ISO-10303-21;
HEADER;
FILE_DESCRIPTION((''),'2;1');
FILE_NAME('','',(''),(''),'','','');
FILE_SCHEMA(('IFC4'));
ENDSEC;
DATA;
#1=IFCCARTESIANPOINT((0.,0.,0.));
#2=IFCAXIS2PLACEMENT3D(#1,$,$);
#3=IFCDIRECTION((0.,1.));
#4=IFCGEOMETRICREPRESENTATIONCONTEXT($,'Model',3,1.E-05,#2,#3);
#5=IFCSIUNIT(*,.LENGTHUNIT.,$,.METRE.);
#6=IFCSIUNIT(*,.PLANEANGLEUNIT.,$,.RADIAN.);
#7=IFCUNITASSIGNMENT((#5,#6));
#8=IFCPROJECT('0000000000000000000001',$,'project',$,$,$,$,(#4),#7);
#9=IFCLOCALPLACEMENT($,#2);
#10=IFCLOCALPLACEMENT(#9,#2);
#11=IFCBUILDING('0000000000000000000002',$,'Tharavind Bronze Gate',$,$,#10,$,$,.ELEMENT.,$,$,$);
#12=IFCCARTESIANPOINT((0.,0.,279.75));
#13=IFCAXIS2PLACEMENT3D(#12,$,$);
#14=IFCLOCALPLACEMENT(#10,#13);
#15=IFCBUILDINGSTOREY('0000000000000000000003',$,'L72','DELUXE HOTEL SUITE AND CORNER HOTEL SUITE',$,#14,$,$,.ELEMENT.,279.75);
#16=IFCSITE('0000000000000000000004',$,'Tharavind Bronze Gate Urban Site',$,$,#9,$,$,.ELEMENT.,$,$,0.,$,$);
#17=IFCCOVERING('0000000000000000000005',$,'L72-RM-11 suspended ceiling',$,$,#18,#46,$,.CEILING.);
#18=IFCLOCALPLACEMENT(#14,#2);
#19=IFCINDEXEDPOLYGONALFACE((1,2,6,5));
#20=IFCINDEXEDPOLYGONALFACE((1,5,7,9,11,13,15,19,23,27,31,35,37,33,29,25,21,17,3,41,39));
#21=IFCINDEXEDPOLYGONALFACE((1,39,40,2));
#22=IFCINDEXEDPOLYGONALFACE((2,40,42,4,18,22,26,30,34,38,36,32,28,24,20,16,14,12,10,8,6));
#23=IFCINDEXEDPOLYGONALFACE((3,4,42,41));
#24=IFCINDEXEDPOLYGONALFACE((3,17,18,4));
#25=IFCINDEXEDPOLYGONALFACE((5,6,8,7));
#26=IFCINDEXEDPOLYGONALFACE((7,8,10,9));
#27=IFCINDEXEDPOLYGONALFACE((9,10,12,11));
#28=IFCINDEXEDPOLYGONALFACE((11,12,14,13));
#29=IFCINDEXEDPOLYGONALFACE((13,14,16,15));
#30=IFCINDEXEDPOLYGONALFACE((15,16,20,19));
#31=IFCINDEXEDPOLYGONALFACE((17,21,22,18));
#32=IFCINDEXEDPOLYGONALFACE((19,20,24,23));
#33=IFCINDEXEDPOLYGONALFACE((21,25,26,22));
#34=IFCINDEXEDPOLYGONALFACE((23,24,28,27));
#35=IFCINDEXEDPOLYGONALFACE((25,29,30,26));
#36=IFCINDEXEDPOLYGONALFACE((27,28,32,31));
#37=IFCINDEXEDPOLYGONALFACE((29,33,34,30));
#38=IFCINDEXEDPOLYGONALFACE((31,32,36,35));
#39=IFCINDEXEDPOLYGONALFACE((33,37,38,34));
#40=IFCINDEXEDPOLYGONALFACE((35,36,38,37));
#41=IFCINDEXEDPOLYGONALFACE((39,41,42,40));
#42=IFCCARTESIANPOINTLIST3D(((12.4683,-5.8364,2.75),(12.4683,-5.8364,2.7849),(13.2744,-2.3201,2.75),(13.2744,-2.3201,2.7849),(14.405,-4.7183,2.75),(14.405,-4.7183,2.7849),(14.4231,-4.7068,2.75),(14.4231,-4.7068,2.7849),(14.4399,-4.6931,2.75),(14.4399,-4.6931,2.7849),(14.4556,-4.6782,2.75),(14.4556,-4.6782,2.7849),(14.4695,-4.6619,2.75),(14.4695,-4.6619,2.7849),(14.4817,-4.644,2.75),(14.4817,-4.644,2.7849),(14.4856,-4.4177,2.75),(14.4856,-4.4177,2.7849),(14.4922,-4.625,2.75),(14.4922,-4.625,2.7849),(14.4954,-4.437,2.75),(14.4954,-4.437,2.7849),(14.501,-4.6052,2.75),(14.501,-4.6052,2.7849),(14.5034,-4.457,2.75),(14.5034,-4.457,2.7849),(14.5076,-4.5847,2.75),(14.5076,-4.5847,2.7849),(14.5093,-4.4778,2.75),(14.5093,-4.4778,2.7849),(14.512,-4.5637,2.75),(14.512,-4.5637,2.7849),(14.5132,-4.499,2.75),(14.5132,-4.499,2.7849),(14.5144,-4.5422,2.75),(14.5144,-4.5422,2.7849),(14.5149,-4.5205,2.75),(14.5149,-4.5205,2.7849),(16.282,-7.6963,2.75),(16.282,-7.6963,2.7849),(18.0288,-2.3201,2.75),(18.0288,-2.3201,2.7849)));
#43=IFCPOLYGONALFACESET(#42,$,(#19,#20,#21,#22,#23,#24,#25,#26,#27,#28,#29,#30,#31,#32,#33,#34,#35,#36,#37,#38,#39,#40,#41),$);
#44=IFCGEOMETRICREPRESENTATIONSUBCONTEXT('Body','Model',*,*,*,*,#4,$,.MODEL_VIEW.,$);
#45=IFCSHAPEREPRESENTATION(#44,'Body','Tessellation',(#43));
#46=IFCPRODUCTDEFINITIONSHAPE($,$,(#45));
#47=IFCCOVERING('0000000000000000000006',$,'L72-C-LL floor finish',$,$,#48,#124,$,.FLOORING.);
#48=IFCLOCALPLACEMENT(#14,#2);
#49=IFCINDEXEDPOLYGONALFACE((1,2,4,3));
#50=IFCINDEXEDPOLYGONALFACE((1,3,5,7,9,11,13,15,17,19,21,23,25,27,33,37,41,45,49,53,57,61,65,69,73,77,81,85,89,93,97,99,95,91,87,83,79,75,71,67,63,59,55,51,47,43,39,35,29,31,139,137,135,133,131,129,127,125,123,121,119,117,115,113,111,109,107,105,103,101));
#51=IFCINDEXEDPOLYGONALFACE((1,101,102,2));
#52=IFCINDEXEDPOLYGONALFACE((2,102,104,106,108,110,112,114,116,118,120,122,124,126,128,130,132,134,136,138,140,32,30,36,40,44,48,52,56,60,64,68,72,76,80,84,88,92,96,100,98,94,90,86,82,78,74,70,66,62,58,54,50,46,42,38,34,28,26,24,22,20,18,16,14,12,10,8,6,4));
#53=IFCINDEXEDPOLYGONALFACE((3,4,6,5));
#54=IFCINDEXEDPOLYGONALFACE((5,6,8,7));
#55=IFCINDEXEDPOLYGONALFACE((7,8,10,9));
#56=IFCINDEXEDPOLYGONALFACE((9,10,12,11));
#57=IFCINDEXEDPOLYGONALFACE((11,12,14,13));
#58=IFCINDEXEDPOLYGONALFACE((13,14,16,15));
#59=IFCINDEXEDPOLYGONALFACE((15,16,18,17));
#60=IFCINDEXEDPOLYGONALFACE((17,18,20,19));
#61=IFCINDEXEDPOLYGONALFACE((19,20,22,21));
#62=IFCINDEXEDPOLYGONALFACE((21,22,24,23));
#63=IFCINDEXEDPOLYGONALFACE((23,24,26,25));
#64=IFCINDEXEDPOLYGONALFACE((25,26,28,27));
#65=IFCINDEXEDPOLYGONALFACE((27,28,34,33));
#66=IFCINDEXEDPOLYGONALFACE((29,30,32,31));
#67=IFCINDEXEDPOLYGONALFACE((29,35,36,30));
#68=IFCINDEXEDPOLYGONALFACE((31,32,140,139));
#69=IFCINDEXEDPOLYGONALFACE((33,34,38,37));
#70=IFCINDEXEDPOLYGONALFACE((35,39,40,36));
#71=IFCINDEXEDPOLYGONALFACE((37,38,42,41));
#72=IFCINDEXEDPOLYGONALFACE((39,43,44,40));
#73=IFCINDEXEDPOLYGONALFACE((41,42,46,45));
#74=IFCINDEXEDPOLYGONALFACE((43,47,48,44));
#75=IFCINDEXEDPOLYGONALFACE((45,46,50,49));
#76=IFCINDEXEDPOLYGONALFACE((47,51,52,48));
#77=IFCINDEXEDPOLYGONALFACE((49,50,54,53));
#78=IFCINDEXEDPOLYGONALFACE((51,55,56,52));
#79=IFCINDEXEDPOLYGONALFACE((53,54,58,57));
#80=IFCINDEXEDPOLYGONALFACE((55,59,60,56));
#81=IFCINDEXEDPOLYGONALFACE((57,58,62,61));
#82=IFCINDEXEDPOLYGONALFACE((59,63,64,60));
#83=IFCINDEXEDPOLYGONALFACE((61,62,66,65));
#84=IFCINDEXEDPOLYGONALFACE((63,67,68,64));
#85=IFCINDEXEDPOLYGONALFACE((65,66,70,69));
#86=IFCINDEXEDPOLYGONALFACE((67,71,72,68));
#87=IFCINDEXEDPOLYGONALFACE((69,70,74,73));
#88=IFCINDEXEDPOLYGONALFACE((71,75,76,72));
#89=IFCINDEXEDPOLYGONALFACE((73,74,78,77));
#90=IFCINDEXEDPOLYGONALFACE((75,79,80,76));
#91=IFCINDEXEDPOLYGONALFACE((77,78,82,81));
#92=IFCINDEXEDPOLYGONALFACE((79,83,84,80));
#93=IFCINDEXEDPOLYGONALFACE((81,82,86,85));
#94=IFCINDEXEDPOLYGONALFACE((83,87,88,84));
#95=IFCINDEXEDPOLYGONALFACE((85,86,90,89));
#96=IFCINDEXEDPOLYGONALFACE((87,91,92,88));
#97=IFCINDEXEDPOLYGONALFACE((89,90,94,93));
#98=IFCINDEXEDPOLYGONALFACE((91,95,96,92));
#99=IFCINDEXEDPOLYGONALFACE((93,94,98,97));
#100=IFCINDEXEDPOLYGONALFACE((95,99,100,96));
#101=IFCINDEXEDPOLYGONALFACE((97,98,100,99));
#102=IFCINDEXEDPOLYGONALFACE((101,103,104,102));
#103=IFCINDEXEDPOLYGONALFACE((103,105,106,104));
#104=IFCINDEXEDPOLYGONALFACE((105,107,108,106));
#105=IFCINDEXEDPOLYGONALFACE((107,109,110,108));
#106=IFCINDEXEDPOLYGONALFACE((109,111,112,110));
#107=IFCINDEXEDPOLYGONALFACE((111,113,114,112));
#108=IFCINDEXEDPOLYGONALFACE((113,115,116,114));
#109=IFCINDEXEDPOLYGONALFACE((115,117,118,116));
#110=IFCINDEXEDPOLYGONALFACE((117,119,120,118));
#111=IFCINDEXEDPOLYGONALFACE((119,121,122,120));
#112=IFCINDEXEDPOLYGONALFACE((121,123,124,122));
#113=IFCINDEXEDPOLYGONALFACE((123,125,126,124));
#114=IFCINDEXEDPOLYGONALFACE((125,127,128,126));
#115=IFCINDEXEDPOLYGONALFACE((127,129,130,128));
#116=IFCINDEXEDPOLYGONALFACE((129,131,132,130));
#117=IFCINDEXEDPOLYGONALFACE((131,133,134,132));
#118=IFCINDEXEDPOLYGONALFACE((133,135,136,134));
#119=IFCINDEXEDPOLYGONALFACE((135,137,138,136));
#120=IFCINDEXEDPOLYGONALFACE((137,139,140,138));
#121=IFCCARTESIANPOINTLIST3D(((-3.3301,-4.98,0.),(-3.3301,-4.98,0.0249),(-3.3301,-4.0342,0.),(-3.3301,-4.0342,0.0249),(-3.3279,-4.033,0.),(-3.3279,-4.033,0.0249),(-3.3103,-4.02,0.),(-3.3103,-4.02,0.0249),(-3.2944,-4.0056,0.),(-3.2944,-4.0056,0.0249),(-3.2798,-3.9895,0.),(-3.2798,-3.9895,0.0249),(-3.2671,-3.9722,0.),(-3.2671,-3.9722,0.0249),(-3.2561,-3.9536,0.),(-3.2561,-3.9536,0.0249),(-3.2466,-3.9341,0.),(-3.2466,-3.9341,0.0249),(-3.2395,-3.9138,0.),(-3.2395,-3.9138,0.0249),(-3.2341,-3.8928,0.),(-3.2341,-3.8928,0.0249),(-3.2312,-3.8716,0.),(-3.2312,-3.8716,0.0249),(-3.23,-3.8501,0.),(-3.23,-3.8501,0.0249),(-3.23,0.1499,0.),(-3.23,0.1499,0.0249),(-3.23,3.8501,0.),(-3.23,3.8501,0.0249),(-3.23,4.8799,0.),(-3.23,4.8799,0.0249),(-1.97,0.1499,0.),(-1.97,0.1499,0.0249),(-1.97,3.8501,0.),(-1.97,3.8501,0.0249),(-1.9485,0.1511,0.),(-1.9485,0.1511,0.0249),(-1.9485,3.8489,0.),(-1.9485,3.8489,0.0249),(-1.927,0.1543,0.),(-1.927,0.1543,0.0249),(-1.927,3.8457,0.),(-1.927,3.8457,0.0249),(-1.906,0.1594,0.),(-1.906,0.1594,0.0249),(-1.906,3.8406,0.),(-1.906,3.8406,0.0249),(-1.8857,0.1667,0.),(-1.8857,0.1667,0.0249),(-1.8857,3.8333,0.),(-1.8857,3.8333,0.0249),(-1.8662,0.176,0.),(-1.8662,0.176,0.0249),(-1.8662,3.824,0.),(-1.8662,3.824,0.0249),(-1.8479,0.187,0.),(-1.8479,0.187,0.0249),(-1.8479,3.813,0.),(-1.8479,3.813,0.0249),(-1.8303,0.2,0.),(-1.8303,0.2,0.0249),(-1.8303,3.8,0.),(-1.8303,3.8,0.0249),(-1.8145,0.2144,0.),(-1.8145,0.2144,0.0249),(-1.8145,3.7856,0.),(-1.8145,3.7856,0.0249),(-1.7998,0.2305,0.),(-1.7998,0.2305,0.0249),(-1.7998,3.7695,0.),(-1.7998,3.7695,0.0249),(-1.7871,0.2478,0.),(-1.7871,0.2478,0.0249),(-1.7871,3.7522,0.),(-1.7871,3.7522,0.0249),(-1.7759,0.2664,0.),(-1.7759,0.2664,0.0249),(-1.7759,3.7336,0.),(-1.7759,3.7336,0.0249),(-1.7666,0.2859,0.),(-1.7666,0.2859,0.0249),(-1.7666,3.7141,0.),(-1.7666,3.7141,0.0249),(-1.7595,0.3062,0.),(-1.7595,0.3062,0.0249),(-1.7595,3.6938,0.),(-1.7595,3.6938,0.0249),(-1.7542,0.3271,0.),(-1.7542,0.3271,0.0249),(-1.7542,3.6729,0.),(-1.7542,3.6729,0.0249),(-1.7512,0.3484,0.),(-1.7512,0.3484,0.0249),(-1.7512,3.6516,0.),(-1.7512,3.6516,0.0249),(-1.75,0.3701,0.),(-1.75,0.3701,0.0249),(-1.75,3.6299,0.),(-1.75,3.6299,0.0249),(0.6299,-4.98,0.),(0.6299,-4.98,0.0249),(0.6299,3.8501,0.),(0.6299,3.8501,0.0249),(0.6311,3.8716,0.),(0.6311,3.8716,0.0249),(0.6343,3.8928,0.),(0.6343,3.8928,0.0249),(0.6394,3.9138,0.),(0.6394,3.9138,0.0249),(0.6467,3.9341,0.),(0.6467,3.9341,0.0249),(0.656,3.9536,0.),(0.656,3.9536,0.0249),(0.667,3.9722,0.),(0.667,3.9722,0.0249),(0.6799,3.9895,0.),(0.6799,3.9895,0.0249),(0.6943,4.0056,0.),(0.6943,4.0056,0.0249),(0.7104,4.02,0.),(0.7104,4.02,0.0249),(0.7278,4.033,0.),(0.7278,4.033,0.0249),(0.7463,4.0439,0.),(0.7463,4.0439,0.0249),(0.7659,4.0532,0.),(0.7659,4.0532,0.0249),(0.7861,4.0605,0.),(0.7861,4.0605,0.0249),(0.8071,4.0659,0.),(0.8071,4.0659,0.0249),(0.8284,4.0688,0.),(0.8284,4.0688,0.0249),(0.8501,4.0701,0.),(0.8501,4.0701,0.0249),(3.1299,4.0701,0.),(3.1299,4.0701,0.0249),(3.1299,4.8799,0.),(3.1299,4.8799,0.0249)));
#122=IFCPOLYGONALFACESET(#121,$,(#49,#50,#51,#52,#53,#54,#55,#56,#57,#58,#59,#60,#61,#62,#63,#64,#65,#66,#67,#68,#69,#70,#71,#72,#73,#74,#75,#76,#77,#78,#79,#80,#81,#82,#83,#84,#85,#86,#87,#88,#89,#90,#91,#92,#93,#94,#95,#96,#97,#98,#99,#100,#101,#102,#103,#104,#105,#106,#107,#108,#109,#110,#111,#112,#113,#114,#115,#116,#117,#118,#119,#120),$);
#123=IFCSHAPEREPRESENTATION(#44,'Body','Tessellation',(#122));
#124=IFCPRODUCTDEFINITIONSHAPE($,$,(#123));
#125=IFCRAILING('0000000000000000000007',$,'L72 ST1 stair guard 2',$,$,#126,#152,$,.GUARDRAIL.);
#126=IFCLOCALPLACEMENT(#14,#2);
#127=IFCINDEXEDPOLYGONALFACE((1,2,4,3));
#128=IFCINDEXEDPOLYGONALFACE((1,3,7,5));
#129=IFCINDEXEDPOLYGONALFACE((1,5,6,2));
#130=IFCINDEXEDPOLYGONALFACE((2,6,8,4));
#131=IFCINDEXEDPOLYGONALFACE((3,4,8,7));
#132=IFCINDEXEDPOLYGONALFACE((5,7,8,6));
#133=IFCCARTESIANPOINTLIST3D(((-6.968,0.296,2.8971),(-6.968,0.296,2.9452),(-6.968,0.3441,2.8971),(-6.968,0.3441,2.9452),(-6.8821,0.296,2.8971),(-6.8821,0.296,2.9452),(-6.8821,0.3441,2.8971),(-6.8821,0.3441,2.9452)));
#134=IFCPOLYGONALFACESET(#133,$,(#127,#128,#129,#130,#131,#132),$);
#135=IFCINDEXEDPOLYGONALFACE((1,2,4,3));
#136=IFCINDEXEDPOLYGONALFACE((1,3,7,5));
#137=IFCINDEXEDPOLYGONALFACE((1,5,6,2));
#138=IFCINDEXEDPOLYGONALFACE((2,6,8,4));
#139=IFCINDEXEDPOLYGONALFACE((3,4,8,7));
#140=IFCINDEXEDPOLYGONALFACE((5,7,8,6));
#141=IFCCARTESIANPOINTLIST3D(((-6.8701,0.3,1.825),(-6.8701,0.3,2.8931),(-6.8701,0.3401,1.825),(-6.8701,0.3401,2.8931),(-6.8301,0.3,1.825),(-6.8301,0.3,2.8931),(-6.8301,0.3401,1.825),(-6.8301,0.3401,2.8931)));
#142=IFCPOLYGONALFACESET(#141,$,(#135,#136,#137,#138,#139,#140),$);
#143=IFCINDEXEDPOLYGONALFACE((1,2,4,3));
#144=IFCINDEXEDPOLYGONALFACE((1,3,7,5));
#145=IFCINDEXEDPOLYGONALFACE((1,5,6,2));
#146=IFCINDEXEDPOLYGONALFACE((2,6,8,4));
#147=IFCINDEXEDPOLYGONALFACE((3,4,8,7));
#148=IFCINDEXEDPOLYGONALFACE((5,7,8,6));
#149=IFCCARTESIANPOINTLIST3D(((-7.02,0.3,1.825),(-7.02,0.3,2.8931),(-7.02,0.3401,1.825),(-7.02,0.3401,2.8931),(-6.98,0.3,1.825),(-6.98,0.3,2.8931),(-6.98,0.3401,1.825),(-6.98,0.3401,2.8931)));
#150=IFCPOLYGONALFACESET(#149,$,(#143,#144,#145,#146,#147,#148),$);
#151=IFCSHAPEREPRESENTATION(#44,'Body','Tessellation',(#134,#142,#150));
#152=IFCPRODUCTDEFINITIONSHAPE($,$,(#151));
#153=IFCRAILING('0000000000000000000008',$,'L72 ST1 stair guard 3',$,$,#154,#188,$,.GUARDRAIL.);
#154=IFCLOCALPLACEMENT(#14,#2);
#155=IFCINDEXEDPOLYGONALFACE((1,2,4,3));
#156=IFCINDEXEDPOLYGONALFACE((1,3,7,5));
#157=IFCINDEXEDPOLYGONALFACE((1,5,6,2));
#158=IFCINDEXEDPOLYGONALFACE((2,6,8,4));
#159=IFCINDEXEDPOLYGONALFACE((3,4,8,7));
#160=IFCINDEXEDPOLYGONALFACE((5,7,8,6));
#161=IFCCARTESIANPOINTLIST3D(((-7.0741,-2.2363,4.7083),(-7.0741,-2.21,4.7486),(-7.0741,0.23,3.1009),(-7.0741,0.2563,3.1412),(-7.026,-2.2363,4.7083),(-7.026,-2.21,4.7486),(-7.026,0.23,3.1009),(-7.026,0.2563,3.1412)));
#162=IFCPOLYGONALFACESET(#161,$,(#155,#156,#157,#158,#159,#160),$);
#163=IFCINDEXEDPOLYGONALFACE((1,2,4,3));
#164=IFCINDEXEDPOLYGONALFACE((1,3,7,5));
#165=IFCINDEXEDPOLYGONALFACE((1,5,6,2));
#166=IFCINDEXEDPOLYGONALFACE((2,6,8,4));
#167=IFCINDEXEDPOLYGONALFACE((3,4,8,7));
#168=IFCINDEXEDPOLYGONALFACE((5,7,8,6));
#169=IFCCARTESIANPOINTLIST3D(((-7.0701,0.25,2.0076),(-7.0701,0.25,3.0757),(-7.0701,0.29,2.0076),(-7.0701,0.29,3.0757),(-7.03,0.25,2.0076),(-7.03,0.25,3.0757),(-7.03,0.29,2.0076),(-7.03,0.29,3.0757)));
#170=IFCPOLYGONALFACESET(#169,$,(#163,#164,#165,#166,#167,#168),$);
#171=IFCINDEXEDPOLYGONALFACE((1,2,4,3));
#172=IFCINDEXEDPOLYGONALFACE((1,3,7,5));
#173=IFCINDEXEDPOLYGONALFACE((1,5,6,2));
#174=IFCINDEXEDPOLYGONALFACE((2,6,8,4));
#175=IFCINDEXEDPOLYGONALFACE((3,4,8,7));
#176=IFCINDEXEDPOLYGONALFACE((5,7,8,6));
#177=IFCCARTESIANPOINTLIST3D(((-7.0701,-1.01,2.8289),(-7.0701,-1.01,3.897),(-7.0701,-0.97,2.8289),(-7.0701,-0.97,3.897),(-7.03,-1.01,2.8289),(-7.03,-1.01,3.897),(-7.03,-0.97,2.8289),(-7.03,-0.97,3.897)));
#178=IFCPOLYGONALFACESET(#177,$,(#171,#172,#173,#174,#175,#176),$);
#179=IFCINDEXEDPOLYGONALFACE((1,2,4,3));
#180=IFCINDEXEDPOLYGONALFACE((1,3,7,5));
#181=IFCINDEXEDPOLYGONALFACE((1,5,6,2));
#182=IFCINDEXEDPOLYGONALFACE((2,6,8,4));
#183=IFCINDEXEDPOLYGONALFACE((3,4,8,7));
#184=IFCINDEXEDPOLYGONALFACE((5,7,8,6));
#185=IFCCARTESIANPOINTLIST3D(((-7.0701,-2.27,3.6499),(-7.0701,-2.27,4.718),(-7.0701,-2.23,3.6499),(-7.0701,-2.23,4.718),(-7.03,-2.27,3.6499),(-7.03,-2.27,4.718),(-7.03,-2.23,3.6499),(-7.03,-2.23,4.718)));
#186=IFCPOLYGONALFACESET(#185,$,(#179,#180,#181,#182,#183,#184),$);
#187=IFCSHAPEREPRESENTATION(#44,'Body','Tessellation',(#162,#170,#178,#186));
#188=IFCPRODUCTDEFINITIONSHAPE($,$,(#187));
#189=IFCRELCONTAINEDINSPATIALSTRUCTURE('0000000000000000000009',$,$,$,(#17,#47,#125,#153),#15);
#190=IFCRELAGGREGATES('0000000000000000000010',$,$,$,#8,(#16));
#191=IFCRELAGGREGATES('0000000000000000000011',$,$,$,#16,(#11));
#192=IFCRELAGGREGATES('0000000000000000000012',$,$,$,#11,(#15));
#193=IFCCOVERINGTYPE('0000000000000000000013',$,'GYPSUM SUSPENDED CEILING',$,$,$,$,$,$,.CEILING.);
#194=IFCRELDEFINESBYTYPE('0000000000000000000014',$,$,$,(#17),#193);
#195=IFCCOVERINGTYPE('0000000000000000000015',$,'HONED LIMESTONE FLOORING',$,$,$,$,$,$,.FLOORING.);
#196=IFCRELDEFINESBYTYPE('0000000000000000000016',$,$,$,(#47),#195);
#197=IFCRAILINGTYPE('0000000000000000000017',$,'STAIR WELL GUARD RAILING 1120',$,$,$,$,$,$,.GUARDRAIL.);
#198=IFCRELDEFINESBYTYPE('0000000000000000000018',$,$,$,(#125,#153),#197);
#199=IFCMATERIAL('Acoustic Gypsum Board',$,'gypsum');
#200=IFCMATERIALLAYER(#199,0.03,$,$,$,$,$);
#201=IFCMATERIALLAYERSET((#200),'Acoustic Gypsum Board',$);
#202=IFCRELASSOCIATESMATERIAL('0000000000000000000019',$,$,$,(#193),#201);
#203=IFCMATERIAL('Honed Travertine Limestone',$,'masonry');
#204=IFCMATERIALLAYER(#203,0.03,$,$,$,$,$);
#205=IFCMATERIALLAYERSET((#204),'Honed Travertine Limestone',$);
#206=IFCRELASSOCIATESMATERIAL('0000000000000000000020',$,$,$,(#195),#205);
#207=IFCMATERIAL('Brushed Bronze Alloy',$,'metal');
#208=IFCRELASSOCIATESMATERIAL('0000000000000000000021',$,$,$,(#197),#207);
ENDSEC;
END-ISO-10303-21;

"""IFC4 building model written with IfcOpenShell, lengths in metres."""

from ifc_helpers import new_model, si_unit, direction, frame, origin, origin_2d, place, context, subcontext, project, spatial, polyline, rectangle, outline, extrude, material, layer, layer_set, type_object, element, save


model = new_model("IFC4")

# Units and contexts
model_context = context("Model", 3, precision=1e-05, world=origin(), true_north=direction((0.0, 1.0)))
body_context = subcontext(model_context, "Body", "Model", "MODEL_VIEW")
ifc_project = project(units=[si_unit("LENGTHUNIT", "METRE"), si_unit("PLANEANGLEUNIT", "RADIAN")], contexts=[model_context])

# Site, building, storey
site_placement = place(None, origin())
site = spatial("IfcSite", under=ifc_project, at=site_placement, Name="Tharavind Bronze Gate Urban Site", CompositionType="ELEMENT", RefElevation=0.0)
building_placement = place(site_placement, origin())
building = spatial("IfcBuilding", under=site, at=building_placement, Name="Tharavind Bronze Gate", CompositionType="ELEMENT")
storey_placement = place(building_placement, frame((0.0, 0.0, 279.75)))
storey = spatial("IfcBuildingStorey", under=building, at=storey_placement, Name="L72", Description="DELUXE HOTEL SUITE AND CORNER HOTEL SUITE", CompositionType="ELEMENT", Elevation=279.75)

# Coverings
ifc_material_1 = material(Name="Acoustic Gypsum Board", Category="gypsum")
ifc_layer_1 = layer(ifc_material_1, 0.03)
ifc_layer_set_1 = layer_set([ifc_layer_1], Name="Acoustic Gypsum Board")
covering_type_1 = type_object("IfcCoveringType", Name="GYPSUM SUSPENDED CEILING", PredefinedType="CEILING", material=ifc_layer_set_1)
covering_1_placement = place(storey_placement, frame((0.0, 0.0, 2.75)))
element("IfcCovering", 1, at=covering_1_placement, inside=storey, type_object=covering_type_1, Name="L72-RM-11 suspended ceiling", PredefinedType="CEILING", context=body_context, shape_type="SweptSolid", body=[
    extrude(outline(polyline([(14.4856, -4.4177), (14.4954, -4.437), (14.5034, -4.457), (14.5093, -4.4778), (14.5132, -4.499), (14.5149, -4.5205), (14.5144, -4.5422), (14.512, -4.5637), (14.5076, -4.5847), (14.501, -4.6052), (14.4922, -4.625), (14.4817, -4.644), (14.4695, -4.6619), (14.4556, -4.6782), (14.4399, -4.6931), (14.4231, -4.7068), (14.405, -4.7183), (12.4683, -5.8364), (16.282, -7.6963), (18.0288, -2.3201), (13.2744, -2.3201), (14.4856, -4.4177)])), origin(), (0.0, 0.0, 1.0), 0.0349),
])
ifc_material_2 = material(Name="Honed Travertine Limestone", Category="masonry")
ifc_layer_2 = layer(ifc_material_2, 0.03)
ifc_layer_set_2 = layer_set([ifc_layer_2], Name="Honed Travertine Limestone")
covering_type_2 = type_object("IfcCoveringType", Name="HONED LIMESTONE FLOORING", PredefinedType="FLOORING", material=ifc_layer_set_2)
covering_2_placement = place(storey_placement, origin())
element("IfcCovering", 2, at=covering_2_placement, inside=storey, type_object=covering_type_2, Name="L72-C-LL floor finish", PredefinedType="FLOORING", context=body_context, shape_type="SweptSolid", body=[
    extrude(outline(polyline([(-3.3301, -4.98), (0.6299, -4.98), (0.6299, 3.8501), (0.6311, 3.8716), (0.6343, 3.8928), (0.6394, 3.9138), (0.6467, 3.9341), (0.656, 3.9536), (0.667, 3.9722), (0.6799, 3.9895), (0.6943, 4.0056), (0.7104, 4.02), (0.7278, 4.033), (0.7463, 4.0439), (0.7659, 4.0532), (0.7861, 4.0605), (0.8071, 4.0659), (0.8284, 4.0688), (0.8501, 4.0701), (3.1299, 4.0701), (3.1299, 4.8799), (-3.23, 4.8799), (-3.23, 3.8501), (-1.97, 3.8501), (-1.9485, 3.8489), (-1.927, 3.8457), (-1.906, 3.8406), (-1.8857, 3.8333), (-1.8662, 3.824), (-1.8479, 3.813), (-1.8303, 3.8), (-1.8145, 3.7856), (-1.7998, 3.7695), (-1.7871, 3.7522), (-1.7759, 3.7336), (-1.7666, 3.7141), (-1.7595, 3.6938), (-1.7542, 3.6729), (-1.7512, 3.6516), (-1.75, 3.6299), (-1.75, 0.3701), (-1.7512, 0.3484), (-1.7542, 0.3271), (-1.7595, 0.3062), (-1.7666, 0.2859), (-1.7759, 0.2664), (-1.7871, 0.2478), (-1.7998, 0.2305), (-1.8145, 0.2144), (-1.8303, 0.2), (-1.8479, 0.187), (-1.8662, 0.176), (-1.8857, 0.1667), (-1.906, 0.1594), (-1.927, 0.1543), (-1.9485, 0.1511), (-1.97, 0.1499), (-3.23, 0.1499), (-3.23, -3.8501), (-3.2312, -3.8716), (-3.2341, -3.8928), (-3.2395, -3.9138), (-3.2466, -3.9341), (-3.2561, -3.9536), (-3.2671, -3.9722), (-3.2798, -3.9895), (-3.2944, -4.0056), (-3.3103, -4.02), (-3.3279, -4.033), (-3.3301, -4.0342), (-3.3301, -4.98)])), origin(), (0.0, 0.0, 1.0), 0.0249),
])

# Railings
ifc_material_3 = material(Name="Brushed Bronze Alloy", Category="metal")
railing_type = type_object("IfcRailingType", Name="STAIR WELL GUARD RAILING 1120", PredefinedType="GUARDRAIL", material=ifc_material_3)
railing_1_placement = place(storey_placement, frame((-6.8501, 0.3201, 1.825)))
element("IfcRailing", 3, at=railing_1_placement, inside=storey, type_object=railing_type, Name="L72 ST1 stair guard 2", PredefinedType="GUARDRAIL", context=body_context, shape_type="SweptSolid", body=[
    extrude(rectangle(XDim=0.0481, YDim=0.0481, at=origin_2d()), frame((-0.032, 0.0, 1.0962), z_axis=(-1.0, 0.0, 0.0), x_axis=(0.0, -1.0, 0.0)), (0.0, 0.0, 1.0), 0.0859),
    extrude(rectangle(XDim=0.04, YDim=0.04, at=origin_2d()), origin(), (0.0, 0.0, 1.0), 1.0681),
    extrude(rectangle(XDim=0.04, YDim=0.04, at=origin_2d()), frame((-0.1499, 0.0, 0.0)), (0.0, 0.0, 1.0), 1.0681),
])
railing_2_placement = place(storey_placement, frame((-7.05, 0.27, 2.0076)))
element("IfcRailing", 4, at=railing_2_placement, inside=storey, type_object=railing_type, Name="L72 ST1 stair guard 3", PredefinedType="GUARDRAIL", context=body_context, shape_type="SweptSolid", body=[
    extrude(rectangle(XDim=0.0481, YDim=0.0481, at=origin_2d()), frame((0.0, -0.0269, 1.1135), z_axis=(0.0, -0.837787, 0.545998), x_axis=(1.0, 0.0, 0.0)), (0.0, 0.0, 1.0), 2.9438),
    extrude(rectangle(XDim=0.04, YDim=0.04, at=origin_2d()), origin(), (0.0, 0.0, 1.0), 1.0681),
    extrude(rectangle(XDim=0.04, YDim=0.04, at=origin_2d()), frame((0.0, -1.26, 0.8213)), (0.0, 0.0, 1.0), 1.0681),
    extrude(rectangle(XDim=0.04, YDim=0.04, at=origin_2d()), frame((0.0, -2.52, 1.6423)), (0.0, 0.0, 1.0), 1.0681),
])

save(model, "model.ifc")
